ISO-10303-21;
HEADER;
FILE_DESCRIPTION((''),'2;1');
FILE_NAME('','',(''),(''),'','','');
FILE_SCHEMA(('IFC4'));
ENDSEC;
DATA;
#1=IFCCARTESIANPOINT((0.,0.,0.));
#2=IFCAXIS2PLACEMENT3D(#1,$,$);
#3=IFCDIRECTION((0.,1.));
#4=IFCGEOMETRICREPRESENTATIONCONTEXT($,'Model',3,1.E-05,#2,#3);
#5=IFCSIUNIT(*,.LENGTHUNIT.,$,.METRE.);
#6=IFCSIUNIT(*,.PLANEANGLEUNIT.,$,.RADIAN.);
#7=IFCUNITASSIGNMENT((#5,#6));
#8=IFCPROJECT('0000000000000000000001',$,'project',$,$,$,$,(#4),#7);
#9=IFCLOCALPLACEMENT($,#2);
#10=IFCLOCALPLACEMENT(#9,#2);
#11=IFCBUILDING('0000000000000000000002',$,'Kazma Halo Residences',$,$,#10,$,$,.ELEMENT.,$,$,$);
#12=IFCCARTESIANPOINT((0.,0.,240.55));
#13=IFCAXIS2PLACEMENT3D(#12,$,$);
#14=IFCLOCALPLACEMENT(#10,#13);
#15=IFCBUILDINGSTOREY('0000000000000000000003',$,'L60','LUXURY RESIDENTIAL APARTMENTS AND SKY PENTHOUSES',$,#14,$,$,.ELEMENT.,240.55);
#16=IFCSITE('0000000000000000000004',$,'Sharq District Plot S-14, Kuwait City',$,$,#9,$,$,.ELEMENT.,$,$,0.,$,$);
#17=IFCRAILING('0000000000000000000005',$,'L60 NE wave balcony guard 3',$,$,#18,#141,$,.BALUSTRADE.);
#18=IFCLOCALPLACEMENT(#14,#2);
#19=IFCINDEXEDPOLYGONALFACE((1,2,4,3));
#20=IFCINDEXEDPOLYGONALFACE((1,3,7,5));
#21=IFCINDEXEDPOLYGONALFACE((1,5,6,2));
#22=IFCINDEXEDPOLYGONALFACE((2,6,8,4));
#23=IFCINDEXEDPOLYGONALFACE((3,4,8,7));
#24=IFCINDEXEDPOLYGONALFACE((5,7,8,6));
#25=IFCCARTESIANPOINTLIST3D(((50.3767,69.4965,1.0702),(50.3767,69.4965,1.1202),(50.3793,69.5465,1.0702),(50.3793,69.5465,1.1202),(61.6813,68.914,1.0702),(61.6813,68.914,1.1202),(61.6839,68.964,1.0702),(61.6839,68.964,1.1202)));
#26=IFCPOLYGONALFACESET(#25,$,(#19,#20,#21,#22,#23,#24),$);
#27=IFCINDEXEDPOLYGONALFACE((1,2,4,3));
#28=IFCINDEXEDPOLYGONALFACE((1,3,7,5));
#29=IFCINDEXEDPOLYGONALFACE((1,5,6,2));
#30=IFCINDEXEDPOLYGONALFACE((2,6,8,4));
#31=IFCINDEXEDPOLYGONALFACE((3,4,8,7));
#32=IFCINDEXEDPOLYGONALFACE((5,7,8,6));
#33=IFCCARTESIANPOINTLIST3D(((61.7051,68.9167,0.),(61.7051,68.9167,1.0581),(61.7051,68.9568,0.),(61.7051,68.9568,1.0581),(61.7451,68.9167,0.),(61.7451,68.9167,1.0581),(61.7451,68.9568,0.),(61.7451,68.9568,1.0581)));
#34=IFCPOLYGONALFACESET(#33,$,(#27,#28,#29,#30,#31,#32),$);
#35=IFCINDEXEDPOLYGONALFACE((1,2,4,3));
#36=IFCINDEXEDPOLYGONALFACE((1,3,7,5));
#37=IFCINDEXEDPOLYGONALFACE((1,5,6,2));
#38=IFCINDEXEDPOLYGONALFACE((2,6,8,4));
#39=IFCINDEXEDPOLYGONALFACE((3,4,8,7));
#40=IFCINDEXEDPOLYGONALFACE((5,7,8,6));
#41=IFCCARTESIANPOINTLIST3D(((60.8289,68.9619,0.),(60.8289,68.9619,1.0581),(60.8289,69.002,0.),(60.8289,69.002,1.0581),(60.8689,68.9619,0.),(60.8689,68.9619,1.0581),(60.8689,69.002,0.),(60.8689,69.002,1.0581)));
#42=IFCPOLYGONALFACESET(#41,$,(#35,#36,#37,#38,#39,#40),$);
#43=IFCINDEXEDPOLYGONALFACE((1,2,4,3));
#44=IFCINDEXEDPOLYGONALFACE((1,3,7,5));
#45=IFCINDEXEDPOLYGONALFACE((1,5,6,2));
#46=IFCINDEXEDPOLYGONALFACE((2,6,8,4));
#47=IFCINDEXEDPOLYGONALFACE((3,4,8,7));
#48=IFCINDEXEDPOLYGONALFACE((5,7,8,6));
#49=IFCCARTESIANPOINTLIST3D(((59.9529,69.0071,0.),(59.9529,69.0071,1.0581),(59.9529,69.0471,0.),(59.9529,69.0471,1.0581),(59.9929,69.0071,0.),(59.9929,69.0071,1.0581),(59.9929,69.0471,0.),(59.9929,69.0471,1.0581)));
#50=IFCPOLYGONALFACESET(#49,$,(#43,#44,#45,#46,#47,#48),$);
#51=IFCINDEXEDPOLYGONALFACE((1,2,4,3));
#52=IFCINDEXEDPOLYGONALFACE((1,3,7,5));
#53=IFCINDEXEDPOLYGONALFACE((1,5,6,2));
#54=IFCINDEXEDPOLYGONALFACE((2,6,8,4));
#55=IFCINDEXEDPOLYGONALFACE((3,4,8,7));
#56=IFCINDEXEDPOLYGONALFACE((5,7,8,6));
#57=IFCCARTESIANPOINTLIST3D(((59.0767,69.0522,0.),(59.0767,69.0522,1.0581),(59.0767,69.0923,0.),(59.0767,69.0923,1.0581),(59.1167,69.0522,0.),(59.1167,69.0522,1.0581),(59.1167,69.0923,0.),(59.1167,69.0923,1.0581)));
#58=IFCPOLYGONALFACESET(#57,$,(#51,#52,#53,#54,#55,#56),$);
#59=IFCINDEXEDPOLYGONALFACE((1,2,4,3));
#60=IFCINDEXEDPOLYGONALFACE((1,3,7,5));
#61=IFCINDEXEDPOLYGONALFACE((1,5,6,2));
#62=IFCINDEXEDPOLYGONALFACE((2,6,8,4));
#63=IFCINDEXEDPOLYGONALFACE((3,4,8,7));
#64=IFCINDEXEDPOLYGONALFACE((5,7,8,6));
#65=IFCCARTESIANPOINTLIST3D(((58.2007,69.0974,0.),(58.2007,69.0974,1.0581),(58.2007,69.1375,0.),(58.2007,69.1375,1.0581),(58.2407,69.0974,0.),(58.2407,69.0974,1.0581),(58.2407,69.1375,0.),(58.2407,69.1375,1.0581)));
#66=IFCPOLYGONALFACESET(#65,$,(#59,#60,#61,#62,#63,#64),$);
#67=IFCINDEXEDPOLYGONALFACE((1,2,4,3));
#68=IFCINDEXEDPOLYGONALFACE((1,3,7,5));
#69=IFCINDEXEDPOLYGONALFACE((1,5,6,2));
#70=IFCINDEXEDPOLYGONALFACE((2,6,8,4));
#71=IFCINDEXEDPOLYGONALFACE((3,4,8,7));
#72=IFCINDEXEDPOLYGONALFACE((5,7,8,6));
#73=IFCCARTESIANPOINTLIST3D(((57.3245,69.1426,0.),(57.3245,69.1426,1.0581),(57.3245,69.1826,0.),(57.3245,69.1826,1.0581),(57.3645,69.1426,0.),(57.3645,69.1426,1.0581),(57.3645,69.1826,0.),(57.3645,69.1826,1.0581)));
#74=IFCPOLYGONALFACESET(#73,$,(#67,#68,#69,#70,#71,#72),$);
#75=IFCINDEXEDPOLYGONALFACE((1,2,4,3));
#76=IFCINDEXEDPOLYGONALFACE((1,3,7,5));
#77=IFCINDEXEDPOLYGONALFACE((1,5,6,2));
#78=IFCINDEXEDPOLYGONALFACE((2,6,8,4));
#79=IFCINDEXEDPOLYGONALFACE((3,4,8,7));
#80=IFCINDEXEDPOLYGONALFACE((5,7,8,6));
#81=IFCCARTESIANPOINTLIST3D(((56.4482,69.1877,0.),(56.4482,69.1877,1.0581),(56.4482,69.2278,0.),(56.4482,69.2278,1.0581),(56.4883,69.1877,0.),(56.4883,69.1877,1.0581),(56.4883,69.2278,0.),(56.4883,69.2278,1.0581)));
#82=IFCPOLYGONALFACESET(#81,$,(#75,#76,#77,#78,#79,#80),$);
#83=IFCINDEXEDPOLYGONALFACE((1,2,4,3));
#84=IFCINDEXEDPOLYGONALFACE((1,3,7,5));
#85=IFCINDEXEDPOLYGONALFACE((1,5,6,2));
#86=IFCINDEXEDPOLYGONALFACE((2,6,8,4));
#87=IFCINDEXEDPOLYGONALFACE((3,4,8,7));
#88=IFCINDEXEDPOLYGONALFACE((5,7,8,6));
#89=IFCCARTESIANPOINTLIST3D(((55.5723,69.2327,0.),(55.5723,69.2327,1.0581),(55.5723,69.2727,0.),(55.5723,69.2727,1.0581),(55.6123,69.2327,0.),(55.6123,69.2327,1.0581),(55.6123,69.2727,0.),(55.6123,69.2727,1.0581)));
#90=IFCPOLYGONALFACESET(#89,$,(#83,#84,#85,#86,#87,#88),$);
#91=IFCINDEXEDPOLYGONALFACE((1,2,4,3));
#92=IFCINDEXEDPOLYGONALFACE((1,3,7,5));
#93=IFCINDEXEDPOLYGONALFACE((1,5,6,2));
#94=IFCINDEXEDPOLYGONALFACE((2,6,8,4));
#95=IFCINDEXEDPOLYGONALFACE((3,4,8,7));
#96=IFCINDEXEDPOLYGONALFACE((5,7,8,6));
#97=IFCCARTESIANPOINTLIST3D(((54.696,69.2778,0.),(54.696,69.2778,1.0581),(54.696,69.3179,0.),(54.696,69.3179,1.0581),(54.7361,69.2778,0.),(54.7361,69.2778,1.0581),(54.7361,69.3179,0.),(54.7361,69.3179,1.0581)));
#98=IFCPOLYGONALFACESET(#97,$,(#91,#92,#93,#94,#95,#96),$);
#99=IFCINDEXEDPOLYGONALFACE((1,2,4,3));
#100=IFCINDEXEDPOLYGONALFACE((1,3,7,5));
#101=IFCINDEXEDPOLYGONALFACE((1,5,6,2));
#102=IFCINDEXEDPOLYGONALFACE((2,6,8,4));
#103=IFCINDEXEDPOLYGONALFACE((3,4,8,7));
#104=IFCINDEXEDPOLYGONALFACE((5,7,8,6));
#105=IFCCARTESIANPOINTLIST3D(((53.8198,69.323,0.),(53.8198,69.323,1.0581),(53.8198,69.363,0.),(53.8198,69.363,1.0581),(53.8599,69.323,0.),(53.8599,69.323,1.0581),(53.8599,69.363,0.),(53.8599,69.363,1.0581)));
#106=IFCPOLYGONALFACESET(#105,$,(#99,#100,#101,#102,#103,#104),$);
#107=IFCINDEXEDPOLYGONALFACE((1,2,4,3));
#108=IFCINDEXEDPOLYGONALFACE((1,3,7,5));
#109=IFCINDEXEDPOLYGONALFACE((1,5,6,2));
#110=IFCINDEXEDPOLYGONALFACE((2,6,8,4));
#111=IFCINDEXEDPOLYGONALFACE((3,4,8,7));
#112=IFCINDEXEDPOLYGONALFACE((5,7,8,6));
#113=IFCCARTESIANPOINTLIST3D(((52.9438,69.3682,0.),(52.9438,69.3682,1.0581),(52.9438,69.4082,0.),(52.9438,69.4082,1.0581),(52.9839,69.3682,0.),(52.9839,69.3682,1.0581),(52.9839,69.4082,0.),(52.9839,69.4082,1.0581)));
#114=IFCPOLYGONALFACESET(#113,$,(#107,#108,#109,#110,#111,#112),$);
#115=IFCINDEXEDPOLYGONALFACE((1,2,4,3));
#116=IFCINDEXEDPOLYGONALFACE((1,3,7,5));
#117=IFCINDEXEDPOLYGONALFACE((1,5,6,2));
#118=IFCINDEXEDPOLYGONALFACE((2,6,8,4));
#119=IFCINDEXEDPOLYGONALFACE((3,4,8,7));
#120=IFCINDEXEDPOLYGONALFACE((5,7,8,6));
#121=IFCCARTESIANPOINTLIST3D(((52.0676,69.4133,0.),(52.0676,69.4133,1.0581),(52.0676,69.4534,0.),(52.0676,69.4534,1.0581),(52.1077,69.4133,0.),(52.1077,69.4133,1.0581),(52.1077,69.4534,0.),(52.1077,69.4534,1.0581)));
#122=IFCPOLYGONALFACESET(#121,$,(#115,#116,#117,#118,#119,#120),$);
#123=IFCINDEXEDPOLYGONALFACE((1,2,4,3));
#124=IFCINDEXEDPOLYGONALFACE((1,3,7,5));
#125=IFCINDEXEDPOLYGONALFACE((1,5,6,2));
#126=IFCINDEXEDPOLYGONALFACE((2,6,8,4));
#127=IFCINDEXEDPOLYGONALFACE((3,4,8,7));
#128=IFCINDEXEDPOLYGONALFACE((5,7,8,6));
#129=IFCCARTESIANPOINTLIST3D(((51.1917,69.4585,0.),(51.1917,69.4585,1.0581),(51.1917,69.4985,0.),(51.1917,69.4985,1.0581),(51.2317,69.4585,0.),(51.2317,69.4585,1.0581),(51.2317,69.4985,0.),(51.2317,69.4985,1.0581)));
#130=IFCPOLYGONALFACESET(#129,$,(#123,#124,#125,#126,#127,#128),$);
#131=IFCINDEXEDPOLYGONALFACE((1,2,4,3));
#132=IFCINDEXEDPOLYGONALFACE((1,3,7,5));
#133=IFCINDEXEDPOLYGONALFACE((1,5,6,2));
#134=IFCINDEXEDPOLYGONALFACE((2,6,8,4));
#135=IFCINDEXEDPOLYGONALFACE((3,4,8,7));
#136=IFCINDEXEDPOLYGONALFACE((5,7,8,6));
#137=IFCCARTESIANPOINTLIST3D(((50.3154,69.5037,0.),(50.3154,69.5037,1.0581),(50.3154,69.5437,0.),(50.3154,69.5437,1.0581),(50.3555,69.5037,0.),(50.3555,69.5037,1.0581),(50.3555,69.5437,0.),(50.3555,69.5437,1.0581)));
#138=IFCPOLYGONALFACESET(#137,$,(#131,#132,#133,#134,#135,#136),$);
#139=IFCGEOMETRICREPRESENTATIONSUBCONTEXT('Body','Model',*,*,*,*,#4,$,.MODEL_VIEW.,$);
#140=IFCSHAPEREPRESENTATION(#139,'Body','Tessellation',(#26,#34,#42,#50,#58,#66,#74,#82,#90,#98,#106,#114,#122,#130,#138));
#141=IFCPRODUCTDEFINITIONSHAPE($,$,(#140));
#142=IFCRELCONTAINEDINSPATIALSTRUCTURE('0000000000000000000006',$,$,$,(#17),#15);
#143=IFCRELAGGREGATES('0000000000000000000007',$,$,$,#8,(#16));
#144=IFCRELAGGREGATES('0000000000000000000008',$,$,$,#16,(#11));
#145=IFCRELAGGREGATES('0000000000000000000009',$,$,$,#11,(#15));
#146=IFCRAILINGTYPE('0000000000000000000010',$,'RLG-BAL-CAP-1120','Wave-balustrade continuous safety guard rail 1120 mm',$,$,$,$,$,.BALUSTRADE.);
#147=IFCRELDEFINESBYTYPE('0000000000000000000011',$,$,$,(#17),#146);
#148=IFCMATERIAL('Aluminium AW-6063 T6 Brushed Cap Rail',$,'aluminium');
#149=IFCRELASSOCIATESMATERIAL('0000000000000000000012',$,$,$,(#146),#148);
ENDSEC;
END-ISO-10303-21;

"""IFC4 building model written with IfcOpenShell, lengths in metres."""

from ifc_helpers import new_model, si_unit, direction, frame, origin, origin_2d, place, context, subcontext, project, spatial, rectangle, extrude, material, type_object, element, save


model = new_model("IFC4")

# Units and contexts
model_context = context("Model", 3, precision=1e-05, world=origin(), true_north=direction((0.0, 1.0)))
body_context = subcontext(model_context, "Body", "Model", "MODEL_VIEW")
ifc_project = project(units=[si_unit("LENGTHUNIT", "METRE"), si_unit("PLANEANGLEUNIT", "RADIAN")], contexts=[model_context])

# Site, building, storey
site_placement = place(None, origin())
site = spatial("IfcSite", under=ifc_project, at=site_placement, Name="Sharq District Plot S-14, Kuwait City", CompositionType="ELEMENT", RefElevation=0.0)
building_placement = place(site_placement, origin())
building = spatial("IfcBuilding", under=site, at=building_placement, Name="Kazma Halo Residences", CompositionType="ELEMENT")
storey_placement = place(building_placement, frame((0.0, 0.0, 240.55)))
storey = spatial("IfcBuildingStorey", under=building, at=storey_placement, Name="L60", Description="LUXURY RESIDENTIAL APARTMENTS AND SKY PENTHOUSES", CompositionType="ELEMENT", Elevation=240.55)

# Railing
ifc_material_1 = material(Name="Aluminium AW-6063 T6 Brushed Cap Rail", Category="aluminium")
railing_type = type_object("IfcRailingType", Name="RLG-BAL-CAP-1120", Description="Wave-balustrade continuous safety guard rail 1120 mm", PredefinedType="BALUSTRADE", material=ifc_material_1)
railing_1_placement = place(storey_placement, frame((61.7251, 68.9368, 0.0)))
element("IfcRailing", 1, at=railing_1_placement, inside=storey, type_object=railing_type, Name="L60 NE wave balcony guard 3", PredefinedType="BALUSTRADE", context=body_context, shape_type="SweptSolid", body=[
    extrude(rectangle(XDim=0.05, YDim=0.05, at=origin_2d()), frame((-0.0425, 0.0022, 1.0952), z_axis=(-0.998675, 0.051462, 0.0), x_axis=(-0.051462, -0.998675, 0.0)), (0.0, 0.0, 1.0), 11.3196),
    extrude(rectangle(XDim=0.04, YDim=0.04, at=origin_2d()), origin(), (0.0, 0.0, 1.0), 1.0581),
    extrude(rectangle(XDim=0.04, YDim=0.04, at=origin_2d()), frame((-0.8762, 0.0452, 0.0)), (0.0, 0.0, 1.0), 1.0581),
    extrude(rectangle(XDim=0.04, YDim=0.04, at=origin_2d()), frame((-1.7522, 0.0903, 0.0)), (0.0, 0.0, 1.0), 1.0581),
    extrude(rectangle(XDim=0.04, YDim=0.04, at=origin_2d()), frame((-2.6284, 0.1355, 0.0)), (0.0, 0.0, 1.0), 1.0581),
    extrude(rectangle(XDim=0.04, YDim=0.04, at=origin_2d()), frame((-3.5044, 0.1807, 0.0)), (0.0, 0.0, 1.0), 1.0581),
    extrude(rectangle(XDim=0.04, YDim=0.04, at=origin_2d()), frame((-4.3806, 0.2258, 0.0)), (0.0, 0.0, 1.0), 1.0581),
    extrude(rectangle(XDim=0.04, YDim=0.04, at=origin_2d()), frame((-5.2568, 0.271, 0.0)), (0.0, 0.0, 1.0), 1.0581),
    extrude(rectangle(XDim=0.04, YDim=0.04, at=origin_2d()), frame((-6.1328, 0.3159, 0.0)), (0.0, 0.0, 1.0), 1.0581),
    extrude(rectangle(XDim=0.04, YDim=0.04, at=origin_2d()), frame((-7.009, 0.3611, 0.0)), (0.0, 0.0, 1.0), 1.0581),
    extrude(rectangle(XDim=0.04, YDim=0.04, at=origin_2d()), frame((-7.8853, 0.4062, 0.0)), (0.0, 0.0, 1.0), 1.0581),
    extrude(rectangle(XDim=0.04, YDim=0.04, at=origin_2d()), frame((-8.7612, 0.4514, 0.0)), (0.0, 0.0, 1.0), 1.0581),
    extrude(rectangle(XDim=0.04, YDim=0.04, at=origin_2d()), frame((-9.6375, 0.4966, 0.0)), (0.0, 0.0, 1.0), 1.0581),
    extrude(rectangle(XDim=0.04, YDim=0.04, at=origin_2d()), frame((-10.5134, 0.5417, 0.0)), (0.0, 0.0, 1.0), 1.0581),
    extrude(rectangle(XDim=0.04, YDim=0.04, at=origin_2d()), frame((-11.3896, 0.5869, 0.0)), (0.0, 0.0, 1.0), 1.0581),
])

save(model, "model.ifc")
